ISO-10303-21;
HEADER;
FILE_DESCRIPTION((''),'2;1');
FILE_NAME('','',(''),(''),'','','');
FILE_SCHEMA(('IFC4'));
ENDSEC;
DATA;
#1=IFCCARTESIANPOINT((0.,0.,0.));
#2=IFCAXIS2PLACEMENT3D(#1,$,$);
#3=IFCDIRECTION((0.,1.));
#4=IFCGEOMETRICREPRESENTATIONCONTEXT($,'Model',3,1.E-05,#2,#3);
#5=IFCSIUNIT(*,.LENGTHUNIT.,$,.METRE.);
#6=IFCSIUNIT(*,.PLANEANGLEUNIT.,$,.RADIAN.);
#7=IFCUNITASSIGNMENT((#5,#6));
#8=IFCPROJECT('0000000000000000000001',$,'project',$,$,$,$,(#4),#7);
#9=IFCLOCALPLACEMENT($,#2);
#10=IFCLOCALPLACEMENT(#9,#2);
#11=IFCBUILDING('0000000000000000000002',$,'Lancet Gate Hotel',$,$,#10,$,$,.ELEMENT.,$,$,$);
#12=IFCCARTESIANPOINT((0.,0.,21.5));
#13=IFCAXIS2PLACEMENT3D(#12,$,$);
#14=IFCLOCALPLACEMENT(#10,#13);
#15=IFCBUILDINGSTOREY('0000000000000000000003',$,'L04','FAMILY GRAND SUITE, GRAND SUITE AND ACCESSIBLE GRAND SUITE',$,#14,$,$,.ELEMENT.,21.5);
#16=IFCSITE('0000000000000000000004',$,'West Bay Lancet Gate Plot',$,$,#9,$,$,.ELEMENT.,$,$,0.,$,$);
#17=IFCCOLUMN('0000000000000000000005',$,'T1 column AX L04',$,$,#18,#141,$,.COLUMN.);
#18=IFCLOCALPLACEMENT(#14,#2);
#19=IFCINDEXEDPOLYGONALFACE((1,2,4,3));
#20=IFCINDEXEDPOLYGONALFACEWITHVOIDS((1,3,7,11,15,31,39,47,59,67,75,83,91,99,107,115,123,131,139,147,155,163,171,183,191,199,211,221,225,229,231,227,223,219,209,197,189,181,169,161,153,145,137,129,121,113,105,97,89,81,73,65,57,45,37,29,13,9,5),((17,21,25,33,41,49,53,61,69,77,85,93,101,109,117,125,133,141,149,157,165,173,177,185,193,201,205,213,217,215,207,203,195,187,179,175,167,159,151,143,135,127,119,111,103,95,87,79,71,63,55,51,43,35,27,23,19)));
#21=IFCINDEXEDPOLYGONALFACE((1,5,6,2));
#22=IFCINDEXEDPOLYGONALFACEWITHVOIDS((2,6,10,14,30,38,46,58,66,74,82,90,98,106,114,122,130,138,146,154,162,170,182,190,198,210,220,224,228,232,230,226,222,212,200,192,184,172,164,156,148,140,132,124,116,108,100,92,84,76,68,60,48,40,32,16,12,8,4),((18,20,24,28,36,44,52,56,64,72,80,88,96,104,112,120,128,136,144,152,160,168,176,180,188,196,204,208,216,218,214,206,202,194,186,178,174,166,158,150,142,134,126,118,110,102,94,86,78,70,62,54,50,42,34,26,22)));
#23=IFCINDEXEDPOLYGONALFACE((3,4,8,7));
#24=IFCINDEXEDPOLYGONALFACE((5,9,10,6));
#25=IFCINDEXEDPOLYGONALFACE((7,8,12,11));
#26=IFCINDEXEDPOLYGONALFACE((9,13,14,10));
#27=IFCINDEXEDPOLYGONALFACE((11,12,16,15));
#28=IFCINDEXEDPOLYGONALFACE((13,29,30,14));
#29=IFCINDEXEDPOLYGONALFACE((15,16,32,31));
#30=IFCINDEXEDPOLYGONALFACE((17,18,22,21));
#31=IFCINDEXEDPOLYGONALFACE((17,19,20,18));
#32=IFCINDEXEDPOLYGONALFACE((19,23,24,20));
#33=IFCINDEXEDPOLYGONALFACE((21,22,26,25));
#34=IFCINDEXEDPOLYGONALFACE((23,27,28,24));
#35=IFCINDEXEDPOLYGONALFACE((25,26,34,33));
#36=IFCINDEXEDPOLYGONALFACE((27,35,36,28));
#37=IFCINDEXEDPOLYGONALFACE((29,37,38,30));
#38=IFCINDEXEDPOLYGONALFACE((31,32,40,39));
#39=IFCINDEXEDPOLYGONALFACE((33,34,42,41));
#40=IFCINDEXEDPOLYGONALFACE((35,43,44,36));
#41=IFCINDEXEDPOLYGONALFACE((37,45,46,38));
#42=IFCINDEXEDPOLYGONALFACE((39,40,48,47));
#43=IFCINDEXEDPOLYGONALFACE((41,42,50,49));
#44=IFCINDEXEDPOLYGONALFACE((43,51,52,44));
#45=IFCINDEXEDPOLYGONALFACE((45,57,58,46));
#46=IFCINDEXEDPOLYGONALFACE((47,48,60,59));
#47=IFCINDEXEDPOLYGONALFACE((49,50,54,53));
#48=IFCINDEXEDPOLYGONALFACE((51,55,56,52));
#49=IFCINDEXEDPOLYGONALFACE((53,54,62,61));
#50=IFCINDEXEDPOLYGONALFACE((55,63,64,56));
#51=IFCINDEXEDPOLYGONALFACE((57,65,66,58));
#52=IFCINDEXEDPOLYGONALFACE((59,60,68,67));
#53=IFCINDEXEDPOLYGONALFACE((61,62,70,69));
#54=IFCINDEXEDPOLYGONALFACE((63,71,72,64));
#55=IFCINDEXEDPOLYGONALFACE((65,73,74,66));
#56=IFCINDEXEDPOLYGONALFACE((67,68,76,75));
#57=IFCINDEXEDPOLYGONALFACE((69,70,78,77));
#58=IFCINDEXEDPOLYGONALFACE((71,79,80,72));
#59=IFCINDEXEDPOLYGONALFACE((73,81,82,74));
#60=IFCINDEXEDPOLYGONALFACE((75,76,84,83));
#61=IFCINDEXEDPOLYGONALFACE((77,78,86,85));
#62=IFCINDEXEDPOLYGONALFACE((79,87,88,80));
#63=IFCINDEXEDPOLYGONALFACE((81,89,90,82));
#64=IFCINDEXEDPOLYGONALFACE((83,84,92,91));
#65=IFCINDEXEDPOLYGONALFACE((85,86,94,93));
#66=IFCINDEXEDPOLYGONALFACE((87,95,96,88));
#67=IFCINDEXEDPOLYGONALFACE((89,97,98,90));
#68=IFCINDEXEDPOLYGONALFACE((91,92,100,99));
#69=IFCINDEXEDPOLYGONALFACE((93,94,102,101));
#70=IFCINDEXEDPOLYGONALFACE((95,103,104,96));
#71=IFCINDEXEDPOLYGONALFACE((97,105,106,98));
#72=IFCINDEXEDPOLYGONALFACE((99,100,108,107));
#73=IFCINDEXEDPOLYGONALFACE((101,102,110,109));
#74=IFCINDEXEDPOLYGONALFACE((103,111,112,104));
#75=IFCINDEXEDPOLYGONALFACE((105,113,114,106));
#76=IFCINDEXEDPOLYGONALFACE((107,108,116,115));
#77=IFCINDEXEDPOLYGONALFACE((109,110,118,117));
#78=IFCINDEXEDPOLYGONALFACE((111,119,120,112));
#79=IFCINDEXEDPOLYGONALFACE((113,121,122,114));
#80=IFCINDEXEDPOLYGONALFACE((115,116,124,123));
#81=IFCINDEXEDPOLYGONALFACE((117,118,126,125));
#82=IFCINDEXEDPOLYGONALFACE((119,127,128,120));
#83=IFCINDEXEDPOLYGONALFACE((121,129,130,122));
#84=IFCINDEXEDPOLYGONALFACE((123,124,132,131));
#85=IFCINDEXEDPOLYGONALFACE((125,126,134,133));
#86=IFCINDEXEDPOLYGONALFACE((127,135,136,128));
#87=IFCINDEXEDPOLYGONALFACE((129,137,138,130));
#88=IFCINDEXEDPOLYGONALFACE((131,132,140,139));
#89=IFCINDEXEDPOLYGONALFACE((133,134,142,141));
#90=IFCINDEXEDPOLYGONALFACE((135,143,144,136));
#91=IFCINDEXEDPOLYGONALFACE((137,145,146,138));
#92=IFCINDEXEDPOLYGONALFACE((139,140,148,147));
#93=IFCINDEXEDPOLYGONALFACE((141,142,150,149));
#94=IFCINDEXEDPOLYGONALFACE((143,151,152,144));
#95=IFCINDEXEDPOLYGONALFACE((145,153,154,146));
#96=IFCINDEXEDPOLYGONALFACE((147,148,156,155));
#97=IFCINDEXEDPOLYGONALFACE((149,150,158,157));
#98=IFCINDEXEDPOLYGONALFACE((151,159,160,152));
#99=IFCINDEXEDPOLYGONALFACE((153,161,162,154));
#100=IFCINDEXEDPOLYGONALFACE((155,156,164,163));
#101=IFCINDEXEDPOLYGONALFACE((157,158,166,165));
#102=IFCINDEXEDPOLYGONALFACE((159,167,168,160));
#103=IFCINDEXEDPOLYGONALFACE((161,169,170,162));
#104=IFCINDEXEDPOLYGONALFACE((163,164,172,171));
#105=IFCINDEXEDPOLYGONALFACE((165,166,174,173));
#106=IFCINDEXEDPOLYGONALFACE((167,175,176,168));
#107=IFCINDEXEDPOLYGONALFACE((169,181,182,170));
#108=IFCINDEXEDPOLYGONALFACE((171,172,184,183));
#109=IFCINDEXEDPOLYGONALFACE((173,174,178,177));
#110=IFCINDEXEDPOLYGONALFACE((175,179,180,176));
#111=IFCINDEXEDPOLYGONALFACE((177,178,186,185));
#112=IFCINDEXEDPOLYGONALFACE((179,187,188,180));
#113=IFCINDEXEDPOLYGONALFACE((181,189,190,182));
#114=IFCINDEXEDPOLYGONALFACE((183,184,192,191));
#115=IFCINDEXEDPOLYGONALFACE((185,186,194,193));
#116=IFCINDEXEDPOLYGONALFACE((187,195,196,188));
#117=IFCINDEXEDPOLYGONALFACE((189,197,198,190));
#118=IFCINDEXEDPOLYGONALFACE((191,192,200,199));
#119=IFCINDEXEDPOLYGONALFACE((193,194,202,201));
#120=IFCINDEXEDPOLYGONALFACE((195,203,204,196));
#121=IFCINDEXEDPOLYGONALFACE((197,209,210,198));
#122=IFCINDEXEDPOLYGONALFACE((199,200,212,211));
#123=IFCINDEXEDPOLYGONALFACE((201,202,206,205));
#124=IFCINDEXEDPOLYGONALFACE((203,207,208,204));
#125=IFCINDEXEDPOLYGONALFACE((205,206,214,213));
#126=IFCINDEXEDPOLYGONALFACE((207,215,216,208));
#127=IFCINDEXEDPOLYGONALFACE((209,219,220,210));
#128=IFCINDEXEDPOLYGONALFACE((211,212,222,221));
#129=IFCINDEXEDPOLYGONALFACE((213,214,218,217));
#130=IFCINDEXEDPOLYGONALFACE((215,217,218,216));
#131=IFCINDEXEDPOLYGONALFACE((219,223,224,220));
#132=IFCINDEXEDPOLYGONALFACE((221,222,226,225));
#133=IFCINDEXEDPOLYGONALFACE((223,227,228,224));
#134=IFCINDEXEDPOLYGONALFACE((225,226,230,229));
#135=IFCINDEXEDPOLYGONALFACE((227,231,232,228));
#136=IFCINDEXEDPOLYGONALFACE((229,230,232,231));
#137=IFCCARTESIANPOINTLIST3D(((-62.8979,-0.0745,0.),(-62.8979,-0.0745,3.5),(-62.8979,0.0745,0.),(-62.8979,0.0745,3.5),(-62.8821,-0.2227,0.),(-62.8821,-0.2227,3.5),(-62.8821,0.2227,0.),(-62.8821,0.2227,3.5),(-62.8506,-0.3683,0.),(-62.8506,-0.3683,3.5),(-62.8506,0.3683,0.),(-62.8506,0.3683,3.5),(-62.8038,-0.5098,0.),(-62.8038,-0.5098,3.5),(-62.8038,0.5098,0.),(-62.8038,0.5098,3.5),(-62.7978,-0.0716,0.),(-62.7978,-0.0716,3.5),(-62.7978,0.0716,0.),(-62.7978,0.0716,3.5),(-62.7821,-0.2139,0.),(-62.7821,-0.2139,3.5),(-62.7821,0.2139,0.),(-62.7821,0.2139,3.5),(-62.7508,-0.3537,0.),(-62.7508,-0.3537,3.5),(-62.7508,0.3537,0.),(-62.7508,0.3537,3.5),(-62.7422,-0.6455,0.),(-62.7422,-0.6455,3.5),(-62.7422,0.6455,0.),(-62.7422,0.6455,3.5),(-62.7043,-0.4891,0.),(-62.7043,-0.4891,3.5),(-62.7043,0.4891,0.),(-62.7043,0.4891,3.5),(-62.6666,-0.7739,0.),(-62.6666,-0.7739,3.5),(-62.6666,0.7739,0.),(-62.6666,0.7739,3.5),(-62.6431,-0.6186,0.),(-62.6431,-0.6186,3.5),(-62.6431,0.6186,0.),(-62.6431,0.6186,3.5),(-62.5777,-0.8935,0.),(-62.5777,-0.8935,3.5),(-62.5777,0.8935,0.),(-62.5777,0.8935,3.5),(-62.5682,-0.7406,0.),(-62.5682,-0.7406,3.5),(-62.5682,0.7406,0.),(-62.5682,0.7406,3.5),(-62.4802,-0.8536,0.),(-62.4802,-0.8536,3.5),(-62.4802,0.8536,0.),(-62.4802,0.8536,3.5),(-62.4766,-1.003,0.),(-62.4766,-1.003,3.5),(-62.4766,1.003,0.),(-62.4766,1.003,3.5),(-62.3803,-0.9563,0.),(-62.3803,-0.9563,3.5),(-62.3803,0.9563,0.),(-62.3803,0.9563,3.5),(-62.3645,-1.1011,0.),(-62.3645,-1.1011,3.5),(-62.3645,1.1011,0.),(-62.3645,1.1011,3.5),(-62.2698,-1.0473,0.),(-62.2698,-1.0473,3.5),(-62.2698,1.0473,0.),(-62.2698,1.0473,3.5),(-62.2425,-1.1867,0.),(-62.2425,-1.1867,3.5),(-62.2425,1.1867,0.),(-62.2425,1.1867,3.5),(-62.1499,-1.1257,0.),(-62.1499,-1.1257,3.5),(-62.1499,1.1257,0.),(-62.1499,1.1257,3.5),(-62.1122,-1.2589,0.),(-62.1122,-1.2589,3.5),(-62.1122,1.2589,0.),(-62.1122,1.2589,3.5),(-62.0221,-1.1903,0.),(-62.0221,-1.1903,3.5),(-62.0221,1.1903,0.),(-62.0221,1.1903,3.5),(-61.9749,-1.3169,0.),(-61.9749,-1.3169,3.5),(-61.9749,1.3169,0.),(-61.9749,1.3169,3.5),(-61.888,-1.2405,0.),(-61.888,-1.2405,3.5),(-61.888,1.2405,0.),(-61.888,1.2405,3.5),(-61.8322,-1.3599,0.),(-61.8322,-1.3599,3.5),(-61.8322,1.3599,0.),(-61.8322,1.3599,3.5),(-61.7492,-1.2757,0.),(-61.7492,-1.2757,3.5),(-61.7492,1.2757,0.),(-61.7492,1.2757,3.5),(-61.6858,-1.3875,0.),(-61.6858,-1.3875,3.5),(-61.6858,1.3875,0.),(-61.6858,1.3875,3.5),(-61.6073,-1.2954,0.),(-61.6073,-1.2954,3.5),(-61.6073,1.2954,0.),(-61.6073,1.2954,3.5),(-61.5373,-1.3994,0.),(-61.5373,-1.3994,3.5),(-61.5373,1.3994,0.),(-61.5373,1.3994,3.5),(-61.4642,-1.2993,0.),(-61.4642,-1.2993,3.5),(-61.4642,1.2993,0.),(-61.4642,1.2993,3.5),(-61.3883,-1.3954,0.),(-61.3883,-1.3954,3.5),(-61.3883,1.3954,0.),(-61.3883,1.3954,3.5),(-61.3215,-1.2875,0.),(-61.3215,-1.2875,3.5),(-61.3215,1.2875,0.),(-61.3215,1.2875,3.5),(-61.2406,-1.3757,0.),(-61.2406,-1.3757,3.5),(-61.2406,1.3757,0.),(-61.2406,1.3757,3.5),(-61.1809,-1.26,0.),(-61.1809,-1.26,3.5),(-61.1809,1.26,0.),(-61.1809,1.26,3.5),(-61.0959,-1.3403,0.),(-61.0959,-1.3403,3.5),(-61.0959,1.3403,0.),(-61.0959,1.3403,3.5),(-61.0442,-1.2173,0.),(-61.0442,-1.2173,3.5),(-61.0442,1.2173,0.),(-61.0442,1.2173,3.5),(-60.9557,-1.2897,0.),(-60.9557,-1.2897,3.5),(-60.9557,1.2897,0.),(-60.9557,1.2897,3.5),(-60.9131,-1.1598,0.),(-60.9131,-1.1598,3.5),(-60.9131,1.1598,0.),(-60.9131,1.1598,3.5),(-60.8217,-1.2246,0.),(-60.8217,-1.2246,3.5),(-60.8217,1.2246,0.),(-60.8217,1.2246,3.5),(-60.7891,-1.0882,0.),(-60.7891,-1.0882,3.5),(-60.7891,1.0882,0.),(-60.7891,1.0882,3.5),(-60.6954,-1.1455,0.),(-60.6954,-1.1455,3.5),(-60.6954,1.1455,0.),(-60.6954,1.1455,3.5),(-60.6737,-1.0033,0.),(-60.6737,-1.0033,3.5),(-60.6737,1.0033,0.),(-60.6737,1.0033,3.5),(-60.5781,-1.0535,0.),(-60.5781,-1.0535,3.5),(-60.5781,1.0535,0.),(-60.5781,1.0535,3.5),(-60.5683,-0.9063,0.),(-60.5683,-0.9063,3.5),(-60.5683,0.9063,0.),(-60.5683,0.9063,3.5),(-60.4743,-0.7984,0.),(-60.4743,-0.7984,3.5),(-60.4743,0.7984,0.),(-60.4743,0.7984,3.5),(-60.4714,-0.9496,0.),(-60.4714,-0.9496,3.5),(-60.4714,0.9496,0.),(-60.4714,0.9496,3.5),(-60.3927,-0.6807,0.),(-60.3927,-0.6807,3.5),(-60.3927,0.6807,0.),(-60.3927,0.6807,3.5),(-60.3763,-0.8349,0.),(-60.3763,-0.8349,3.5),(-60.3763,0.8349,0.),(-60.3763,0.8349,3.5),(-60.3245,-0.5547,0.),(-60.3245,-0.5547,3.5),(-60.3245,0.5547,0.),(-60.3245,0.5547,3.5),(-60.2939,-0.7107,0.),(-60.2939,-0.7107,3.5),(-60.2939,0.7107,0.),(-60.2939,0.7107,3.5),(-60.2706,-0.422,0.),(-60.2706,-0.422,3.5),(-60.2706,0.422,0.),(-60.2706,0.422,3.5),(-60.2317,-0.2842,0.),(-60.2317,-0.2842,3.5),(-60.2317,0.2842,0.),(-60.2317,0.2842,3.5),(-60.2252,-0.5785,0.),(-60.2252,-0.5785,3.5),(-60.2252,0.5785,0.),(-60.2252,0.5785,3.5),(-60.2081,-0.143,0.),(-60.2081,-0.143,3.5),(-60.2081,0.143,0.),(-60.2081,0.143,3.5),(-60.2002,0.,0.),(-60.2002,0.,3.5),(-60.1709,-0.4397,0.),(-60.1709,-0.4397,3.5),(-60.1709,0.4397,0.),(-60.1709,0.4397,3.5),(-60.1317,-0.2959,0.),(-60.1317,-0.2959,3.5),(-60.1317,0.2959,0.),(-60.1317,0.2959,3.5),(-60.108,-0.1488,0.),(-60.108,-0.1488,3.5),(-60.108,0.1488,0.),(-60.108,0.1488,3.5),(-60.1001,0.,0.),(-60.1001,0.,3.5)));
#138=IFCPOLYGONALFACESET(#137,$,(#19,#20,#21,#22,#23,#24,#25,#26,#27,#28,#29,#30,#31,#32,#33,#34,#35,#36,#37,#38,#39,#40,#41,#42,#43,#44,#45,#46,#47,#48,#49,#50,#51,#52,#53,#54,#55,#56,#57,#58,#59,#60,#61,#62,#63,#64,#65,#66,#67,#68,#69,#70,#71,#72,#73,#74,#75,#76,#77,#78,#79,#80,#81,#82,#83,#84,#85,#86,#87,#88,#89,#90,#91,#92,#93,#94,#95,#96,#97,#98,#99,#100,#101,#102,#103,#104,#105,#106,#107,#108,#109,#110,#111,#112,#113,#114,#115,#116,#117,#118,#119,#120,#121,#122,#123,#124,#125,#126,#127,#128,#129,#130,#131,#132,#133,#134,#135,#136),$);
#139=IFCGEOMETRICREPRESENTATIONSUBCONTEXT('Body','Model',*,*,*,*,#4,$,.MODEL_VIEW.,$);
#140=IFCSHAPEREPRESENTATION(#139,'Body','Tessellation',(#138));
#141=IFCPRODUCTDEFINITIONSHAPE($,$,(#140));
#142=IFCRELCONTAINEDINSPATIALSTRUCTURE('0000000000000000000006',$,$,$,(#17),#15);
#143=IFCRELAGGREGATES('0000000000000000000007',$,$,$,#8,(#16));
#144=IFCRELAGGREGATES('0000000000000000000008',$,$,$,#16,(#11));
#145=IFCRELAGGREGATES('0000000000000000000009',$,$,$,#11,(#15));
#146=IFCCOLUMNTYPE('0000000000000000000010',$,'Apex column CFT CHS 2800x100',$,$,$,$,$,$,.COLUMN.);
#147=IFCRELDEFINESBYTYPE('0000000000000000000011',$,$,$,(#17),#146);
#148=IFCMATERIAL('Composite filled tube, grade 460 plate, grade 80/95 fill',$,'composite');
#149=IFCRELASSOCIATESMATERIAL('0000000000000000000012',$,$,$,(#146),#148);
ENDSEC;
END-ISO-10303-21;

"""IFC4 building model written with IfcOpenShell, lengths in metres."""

from ifc_helpers import new_model, si_unit, direction, frame, origin, origin_2d, place, context, subcontext, project, spatial, hollow_circle, extrude, material, material_profile, profile_set, type_object, element, save


model = new_model("IFC4")

# Units and contexts
model_context = context("Model", 3, precision=1e-05, world=origin(), true_north=direction((0.0, 1.0)))
body_context = subcontext(model_context, "Body", "Model", "MODEL_VIEW")
ifc_project = project(units=[si_unit("LENGTHUNIT", "METRE"), si_unit("PLANEANGLEUNIT", "RADIAN")], contexts=[model_context])

# Site, building, storey
site_placement = place(None, origin())
site = spatial("IfcSite", under=ifc_project, at=site_placement, Name="West Bay Lancet Gate Plot", CompositionType="ELEMENT", RefElevation=0.0)
building_placement = place(site_placement, origin())
building = spatial("IfcBuilding", under=site, at=building_placement, Name="Lancet Gate Hotel", CompositionType="ELEMENT")
storey_placement = place(building_placement, frame((0.0, 0.0, 21.5)))
storey = spatial("IfcBuildingStorey", under=building, at=storey_placement, Name="L04", Description="FAMILY GRAND SUITE, GRAND SUITE AND ACCESSIBLE GRAND SUITE", CompositionType="ELEMENT", Elevation=21.5)

# Column
ifc_material_1 = material(Name="Composite filled tube, grade 460 plate, grade 80/95 fill", Category="composite")
ifc_material_profile_1 = material_profile(ifc_material_1, hollow_circle(Radius=1.3999, WallThickness=0.1001, at=origin_2d()), Name="CHS 2800x100")
ifc_profile_set_1 = profile_set([ifc_material_profile_1], Name="Composite filled tube, grade 460 plate, grade 80/95 fill")
column_type_1 = type_object("IfcColumnType", Name="Apex column CFT CHS 2800x100", PredefinedType="COLUMN", material=ifc_profile_set_1)
column_1_placement = place(storey_placement, frame((-61.5, 0.0, 0.0), z_axis=(0.0, 0.0, 1.0), x_axis=(1.0, 0.0, 0.0)))
element("IfcColumn", 1, at=column_1_placement, inside=storey, type_object=column_type_1, Name="T1 column AX L04", PredefinedType="COLUMN", context=body_context, shape_type="SweptSolid", body=[
    extrude(hollow_circle(Radius=1.3999, WallThickness=0.1001, at=origin_2d()), origin(), (0.0, 0.0, 1.0), 3.5),
])

save(model, "model.ifc")
